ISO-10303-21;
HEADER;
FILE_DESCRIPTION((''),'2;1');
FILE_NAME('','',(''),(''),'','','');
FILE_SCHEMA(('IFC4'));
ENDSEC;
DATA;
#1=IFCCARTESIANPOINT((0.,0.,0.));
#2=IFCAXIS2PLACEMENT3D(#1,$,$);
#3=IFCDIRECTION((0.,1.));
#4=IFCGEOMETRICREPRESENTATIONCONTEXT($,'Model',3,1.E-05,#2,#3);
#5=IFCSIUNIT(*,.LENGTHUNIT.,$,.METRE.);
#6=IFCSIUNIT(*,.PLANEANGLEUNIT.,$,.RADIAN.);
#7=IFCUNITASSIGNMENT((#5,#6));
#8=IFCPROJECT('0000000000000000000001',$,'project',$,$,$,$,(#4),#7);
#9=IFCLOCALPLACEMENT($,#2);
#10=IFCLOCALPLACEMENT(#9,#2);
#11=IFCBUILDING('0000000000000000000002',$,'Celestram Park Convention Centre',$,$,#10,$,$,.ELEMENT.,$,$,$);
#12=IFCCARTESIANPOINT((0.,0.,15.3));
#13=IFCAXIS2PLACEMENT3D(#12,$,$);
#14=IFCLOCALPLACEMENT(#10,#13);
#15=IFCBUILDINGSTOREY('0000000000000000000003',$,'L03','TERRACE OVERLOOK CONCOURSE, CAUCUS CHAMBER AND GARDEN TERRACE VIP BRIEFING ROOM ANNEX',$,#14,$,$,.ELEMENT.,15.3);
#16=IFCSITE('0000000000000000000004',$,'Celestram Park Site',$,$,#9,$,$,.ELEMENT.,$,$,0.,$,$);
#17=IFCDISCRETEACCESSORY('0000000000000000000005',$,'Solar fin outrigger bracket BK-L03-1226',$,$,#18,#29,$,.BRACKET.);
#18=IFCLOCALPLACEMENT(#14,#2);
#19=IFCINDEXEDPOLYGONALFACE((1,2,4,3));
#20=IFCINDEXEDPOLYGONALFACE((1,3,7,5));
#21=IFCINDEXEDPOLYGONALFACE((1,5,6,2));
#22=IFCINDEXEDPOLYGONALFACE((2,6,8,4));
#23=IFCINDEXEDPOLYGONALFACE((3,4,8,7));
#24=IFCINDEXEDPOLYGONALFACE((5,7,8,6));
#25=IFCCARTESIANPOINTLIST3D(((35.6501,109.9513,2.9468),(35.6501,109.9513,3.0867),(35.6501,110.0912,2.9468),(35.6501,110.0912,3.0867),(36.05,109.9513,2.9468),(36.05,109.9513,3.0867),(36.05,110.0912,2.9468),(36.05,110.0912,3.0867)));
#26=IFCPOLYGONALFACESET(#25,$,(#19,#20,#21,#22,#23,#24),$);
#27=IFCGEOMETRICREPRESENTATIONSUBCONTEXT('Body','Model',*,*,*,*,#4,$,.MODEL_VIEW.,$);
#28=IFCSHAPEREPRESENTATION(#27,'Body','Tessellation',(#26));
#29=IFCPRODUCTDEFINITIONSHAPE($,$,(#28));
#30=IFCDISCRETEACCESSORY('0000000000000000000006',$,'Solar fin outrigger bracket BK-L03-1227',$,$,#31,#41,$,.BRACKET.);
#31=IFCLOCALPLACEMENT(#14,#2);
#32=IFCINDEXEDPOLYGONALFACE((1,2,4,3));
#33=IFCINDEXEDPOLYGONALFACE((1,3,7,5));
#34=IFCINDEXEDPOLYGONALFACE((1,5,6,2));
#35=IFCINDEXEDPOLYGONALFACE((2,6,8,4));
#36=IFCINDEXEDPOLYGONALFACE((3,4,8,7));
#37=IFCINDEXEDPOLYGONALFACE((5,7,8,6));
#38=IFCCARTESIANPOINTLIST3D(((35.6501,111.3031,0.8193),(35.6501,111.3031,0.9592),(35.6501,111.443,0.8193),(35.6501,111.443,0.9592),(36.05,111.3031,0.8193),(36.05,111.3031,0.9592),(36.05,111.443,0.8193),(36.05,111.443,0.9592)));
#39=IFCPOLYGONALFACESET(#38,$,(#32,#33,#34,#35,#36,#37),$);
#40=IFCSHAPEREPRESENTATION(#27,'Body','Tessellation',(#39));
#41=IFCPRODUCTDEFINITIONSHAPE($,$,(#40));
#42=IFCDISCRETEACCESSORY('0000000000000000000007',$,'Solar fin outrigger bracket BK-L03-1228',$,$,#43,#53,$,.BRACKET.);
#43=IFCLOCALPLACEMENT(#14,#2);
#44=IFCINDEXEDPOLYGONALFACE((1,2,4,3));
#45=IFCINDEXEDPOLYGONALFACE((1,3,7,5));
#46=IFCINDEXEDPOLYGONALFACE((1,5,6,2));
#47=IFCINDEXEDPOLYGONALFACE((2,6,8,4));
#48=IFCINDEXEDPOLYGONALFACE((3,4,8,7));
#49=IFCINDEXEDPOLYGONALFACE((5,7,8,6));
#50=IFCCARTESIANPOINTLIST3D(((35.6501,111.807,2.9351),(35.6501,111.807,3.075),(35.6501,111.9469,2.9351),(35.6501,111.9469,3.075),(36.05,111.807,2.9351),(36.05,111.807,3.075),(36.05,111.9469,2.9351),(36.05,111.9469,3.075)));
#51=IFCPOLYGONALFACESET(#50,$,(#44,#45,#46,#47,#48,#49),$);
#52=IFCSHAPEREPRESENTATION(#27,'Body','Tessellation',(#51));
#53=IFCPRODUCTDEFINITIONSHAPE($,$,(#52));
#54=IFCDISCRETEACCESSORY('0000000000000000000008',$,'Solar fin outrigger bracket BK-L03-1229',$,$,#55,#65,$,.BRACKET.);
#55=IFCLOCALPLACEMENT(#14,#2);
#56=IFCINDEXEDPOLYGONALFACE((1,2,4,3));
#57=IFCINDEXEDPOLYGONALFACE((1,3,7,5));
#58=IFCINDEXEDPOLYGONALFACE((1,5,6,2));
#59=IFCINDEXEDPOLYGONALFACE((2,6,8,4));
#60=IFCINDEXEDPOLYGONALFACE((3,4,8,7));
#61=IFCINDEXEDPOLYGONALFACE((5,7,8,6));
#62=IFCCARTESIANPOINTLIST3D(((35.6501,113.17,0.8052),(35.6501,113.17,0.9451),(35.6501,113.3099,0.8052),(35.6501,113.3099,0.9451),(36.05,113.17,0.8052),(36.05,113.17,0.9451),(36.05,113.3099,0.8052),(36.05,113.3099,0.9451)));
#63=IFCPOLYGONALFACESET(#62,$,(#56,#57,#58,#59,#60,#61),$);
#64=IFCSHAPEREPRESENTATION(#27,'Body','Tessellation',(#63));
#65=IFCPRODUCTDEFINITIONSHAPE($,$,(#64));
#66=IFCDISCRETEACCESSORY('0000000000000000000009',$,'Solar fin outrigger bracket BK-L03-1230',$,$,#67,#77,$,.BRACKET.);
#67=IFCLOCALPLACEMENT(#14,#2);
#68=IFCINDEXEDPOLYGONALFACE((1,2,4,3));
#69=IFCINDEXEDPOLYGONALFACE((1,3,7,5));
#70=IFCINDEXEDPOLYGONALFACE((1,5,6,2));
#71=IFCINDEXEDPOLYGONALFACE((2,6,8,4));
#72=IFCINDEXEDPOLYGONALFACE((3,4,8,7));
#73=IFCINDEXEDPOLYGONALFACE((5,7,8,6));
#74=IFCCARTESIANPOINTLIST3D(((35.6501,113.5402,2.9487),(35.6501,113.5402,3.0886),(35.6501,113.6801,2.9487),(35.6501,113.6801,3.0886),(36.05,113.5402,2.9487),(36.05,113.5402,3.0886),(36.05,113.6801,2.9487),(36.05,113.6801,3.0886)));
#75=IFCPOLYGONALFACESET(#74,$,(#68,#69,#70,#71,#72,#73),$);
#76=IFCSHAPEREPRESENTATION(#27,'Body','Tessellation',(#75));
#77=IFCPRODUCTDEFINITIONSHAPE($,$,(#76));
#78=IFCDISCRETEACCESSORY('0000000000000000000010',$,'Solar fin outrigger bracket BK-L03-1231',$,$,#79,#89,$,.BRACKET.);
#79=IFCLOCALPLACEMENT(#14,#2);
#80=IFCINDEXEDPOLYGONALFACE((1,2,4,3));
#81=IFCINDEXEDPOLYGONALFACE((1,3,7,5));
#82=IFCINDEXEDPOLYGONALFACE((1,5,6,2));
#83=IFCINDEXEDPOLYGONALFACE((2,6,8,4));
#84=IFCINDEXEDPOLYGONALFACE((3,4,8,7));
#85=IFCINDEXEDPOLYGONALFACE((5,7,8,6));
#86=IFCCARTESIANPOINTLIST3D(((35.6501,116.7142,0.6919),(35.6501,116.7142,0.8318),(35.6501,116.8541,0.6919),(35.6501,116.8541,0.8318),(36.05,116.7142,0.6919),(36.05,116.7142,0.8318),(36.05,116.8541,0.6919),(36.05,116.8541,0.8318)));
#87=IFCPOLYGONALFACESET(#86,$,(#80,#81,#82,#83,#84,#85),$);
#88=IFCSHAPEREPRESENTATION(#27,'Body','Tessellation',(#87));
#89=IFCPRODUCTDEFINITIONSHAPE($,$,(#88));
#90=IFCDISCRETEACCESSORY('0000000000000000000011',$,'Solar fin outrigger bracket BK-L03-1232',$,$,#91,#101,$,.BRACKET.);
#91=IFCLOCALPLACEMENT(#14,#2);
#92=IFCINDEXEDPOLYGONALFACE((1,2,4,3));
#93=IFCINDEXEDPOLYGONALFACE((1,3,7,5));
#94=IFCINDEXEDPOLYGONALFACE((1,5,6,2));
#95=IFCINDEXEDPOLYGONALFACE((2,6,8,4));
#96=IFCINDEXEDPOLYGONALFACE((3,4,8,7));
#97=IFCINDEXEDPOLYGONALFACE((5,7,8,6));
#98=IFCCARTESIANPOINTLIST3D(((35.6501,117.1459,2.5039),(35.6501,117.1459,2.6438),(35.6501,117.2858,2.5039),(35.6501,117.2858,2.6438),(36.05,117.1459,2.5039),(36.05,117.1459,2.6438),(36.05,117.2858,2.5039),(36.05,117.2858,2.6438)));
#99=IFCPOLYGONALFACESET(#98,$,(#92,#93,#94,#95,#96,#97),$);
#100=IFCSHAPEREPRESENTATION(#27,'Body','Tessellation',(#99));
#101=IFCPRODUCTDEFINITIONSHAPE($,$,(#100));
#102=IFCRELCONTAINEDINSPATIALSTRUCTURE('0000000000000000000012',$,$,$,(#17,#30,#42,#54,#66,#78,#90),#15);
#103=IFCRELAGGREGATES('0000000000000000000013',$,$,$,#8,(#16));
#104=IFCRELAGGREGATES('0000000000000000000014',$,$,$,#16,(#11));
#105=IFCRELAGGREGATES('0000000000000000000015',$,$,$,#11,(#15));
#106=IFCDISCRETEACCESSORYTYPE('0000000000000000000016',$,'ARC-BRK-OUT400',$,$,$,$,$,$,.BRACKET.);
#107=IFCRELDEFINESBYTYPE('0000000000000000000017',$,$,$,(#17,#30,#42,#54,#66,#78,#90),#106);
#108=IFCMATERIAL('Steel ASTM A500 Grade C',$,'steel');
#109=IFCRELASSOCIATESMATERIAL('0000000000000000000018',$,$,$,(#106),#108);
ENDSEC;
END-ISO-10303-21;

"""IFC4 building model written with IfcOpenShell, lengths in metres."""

from ifc_helpers import new_model, si_unit, direction, frame, origin, origin_2d, place, context, subcontext, project, spatial, rectangle, extrude, material, type_object, element, save


model = new_model("IFC4")

# Units and contexts
model_context = context("Model", 3, precision=1e-05, world=origin(), true_north=direction((0.0, 1.0)))
body_context = subcontext(model_context, "Body", "Model", "MODEL_VIEW")
ifc_project = project(units=[si_unit("LENGTHUNIT", "METRE"), si_unit("PLANEANGLEUNIT", "RADIAN")], contexts=[model_context])

# Site, building, storey
site_placement = place(None, origin())
site = spatial("IfcSite", under=ifc_project, at=site_placement, Name="Celestram Park Site", CompositionType="ELEMENT", RefElevation=0.0)
building_placement = place(site_placement, origin())
building = spatial("IfcBuilding", under=site, at=building_placement, Name="Celestram Park Convention Centre", CompositionType="ELEMENT")
storey_placement = place(building_placement, frame((0.0, 0.0, 15.3)))
storey = spatial("IfcBuildingStorey", under=building, at=storey_placement, Name="L03", Description="TERRACE OVERLOOK CONCOURSE, CAUCUS CHAMBER AND GARDEN TERRACE VIP BRIEFING ROOM ANNEX", CompositionType="ELEMENT", Elevation=15.3)

# Discrete accessories
ifc_material_1 = material(Name="Steel ASTM A500 Grade C", Category="steel")
discrete_accessory_type = type_object("IfcDiscreteAccessoryType", Name="ARC-BRK-OUT400", PredefinedType="BRACKET", material=ifc_material_1)
for number, where, z_axis, x_axis, name in (
    (1, (35.8501, 110.0212, 2.9468), (0.0, 0.0, 1.0), (-1.0, 0.0, 0.0), "Solar fin outrigger bracket BK-L03-1226"),
    (2, (35.8501, 111.373, 0.8193), (0.0, 0.0, 1.0), (-1.0, 0.0, 0.0), "Solar fin outrigger bracket BK-L03-1227"),
    (3, (35.8501, 111.877, 2.9351), (0.0, 0.0, 1.0), (-1.0, 0.0, 0.0), "Solar fin outrigger bracket BK-L03-1228"),
    (4, (35.8501, 113.24, 0.8052), (0.0, 0.0, 1.0), (-1.0, 0.0, 0.0), "Solar fin outrigger bracket BK-L03-1229"),
    (5, (35.8501, 113.6101, 2.9487), (0.0, 0.0, 1.0), (-1.0, 0.0, 0.0), "Solar fin outrigger bracket BK-L03-1230"),
    (6, (35.8501, 116.7842, 0.6919), (0.0, 0.0, 1.0), (-1.0, 0.0, 0.0), "Solar fin outrigger bracket BK-L03-1231"),
    (7, (35.8501, 117.2158, 2.5039), (0.0, 0.0, 1.0), (-1.0, 0.0, 0.0), "Solar fin outrigger bracket BK-L03-1232"),
):
    element("IfcDiscreteAccessory", number, at=place(storey_placement, frame(where, z_axis=z_axis, x_axis=x_axis)), inside=storey, type_object=discrete_accessory_type, Name=name, PredefinedType="BRACKET", context=body_context, shape_type="SweptSolid", body=[
        extrude(rectangle(XDim=0.3999, YDim=0.1399, at=origin_2d()), origin(), (0.0, 0.0, 1.0), 0.1399),
    ])

save(model, "model.ifc")
